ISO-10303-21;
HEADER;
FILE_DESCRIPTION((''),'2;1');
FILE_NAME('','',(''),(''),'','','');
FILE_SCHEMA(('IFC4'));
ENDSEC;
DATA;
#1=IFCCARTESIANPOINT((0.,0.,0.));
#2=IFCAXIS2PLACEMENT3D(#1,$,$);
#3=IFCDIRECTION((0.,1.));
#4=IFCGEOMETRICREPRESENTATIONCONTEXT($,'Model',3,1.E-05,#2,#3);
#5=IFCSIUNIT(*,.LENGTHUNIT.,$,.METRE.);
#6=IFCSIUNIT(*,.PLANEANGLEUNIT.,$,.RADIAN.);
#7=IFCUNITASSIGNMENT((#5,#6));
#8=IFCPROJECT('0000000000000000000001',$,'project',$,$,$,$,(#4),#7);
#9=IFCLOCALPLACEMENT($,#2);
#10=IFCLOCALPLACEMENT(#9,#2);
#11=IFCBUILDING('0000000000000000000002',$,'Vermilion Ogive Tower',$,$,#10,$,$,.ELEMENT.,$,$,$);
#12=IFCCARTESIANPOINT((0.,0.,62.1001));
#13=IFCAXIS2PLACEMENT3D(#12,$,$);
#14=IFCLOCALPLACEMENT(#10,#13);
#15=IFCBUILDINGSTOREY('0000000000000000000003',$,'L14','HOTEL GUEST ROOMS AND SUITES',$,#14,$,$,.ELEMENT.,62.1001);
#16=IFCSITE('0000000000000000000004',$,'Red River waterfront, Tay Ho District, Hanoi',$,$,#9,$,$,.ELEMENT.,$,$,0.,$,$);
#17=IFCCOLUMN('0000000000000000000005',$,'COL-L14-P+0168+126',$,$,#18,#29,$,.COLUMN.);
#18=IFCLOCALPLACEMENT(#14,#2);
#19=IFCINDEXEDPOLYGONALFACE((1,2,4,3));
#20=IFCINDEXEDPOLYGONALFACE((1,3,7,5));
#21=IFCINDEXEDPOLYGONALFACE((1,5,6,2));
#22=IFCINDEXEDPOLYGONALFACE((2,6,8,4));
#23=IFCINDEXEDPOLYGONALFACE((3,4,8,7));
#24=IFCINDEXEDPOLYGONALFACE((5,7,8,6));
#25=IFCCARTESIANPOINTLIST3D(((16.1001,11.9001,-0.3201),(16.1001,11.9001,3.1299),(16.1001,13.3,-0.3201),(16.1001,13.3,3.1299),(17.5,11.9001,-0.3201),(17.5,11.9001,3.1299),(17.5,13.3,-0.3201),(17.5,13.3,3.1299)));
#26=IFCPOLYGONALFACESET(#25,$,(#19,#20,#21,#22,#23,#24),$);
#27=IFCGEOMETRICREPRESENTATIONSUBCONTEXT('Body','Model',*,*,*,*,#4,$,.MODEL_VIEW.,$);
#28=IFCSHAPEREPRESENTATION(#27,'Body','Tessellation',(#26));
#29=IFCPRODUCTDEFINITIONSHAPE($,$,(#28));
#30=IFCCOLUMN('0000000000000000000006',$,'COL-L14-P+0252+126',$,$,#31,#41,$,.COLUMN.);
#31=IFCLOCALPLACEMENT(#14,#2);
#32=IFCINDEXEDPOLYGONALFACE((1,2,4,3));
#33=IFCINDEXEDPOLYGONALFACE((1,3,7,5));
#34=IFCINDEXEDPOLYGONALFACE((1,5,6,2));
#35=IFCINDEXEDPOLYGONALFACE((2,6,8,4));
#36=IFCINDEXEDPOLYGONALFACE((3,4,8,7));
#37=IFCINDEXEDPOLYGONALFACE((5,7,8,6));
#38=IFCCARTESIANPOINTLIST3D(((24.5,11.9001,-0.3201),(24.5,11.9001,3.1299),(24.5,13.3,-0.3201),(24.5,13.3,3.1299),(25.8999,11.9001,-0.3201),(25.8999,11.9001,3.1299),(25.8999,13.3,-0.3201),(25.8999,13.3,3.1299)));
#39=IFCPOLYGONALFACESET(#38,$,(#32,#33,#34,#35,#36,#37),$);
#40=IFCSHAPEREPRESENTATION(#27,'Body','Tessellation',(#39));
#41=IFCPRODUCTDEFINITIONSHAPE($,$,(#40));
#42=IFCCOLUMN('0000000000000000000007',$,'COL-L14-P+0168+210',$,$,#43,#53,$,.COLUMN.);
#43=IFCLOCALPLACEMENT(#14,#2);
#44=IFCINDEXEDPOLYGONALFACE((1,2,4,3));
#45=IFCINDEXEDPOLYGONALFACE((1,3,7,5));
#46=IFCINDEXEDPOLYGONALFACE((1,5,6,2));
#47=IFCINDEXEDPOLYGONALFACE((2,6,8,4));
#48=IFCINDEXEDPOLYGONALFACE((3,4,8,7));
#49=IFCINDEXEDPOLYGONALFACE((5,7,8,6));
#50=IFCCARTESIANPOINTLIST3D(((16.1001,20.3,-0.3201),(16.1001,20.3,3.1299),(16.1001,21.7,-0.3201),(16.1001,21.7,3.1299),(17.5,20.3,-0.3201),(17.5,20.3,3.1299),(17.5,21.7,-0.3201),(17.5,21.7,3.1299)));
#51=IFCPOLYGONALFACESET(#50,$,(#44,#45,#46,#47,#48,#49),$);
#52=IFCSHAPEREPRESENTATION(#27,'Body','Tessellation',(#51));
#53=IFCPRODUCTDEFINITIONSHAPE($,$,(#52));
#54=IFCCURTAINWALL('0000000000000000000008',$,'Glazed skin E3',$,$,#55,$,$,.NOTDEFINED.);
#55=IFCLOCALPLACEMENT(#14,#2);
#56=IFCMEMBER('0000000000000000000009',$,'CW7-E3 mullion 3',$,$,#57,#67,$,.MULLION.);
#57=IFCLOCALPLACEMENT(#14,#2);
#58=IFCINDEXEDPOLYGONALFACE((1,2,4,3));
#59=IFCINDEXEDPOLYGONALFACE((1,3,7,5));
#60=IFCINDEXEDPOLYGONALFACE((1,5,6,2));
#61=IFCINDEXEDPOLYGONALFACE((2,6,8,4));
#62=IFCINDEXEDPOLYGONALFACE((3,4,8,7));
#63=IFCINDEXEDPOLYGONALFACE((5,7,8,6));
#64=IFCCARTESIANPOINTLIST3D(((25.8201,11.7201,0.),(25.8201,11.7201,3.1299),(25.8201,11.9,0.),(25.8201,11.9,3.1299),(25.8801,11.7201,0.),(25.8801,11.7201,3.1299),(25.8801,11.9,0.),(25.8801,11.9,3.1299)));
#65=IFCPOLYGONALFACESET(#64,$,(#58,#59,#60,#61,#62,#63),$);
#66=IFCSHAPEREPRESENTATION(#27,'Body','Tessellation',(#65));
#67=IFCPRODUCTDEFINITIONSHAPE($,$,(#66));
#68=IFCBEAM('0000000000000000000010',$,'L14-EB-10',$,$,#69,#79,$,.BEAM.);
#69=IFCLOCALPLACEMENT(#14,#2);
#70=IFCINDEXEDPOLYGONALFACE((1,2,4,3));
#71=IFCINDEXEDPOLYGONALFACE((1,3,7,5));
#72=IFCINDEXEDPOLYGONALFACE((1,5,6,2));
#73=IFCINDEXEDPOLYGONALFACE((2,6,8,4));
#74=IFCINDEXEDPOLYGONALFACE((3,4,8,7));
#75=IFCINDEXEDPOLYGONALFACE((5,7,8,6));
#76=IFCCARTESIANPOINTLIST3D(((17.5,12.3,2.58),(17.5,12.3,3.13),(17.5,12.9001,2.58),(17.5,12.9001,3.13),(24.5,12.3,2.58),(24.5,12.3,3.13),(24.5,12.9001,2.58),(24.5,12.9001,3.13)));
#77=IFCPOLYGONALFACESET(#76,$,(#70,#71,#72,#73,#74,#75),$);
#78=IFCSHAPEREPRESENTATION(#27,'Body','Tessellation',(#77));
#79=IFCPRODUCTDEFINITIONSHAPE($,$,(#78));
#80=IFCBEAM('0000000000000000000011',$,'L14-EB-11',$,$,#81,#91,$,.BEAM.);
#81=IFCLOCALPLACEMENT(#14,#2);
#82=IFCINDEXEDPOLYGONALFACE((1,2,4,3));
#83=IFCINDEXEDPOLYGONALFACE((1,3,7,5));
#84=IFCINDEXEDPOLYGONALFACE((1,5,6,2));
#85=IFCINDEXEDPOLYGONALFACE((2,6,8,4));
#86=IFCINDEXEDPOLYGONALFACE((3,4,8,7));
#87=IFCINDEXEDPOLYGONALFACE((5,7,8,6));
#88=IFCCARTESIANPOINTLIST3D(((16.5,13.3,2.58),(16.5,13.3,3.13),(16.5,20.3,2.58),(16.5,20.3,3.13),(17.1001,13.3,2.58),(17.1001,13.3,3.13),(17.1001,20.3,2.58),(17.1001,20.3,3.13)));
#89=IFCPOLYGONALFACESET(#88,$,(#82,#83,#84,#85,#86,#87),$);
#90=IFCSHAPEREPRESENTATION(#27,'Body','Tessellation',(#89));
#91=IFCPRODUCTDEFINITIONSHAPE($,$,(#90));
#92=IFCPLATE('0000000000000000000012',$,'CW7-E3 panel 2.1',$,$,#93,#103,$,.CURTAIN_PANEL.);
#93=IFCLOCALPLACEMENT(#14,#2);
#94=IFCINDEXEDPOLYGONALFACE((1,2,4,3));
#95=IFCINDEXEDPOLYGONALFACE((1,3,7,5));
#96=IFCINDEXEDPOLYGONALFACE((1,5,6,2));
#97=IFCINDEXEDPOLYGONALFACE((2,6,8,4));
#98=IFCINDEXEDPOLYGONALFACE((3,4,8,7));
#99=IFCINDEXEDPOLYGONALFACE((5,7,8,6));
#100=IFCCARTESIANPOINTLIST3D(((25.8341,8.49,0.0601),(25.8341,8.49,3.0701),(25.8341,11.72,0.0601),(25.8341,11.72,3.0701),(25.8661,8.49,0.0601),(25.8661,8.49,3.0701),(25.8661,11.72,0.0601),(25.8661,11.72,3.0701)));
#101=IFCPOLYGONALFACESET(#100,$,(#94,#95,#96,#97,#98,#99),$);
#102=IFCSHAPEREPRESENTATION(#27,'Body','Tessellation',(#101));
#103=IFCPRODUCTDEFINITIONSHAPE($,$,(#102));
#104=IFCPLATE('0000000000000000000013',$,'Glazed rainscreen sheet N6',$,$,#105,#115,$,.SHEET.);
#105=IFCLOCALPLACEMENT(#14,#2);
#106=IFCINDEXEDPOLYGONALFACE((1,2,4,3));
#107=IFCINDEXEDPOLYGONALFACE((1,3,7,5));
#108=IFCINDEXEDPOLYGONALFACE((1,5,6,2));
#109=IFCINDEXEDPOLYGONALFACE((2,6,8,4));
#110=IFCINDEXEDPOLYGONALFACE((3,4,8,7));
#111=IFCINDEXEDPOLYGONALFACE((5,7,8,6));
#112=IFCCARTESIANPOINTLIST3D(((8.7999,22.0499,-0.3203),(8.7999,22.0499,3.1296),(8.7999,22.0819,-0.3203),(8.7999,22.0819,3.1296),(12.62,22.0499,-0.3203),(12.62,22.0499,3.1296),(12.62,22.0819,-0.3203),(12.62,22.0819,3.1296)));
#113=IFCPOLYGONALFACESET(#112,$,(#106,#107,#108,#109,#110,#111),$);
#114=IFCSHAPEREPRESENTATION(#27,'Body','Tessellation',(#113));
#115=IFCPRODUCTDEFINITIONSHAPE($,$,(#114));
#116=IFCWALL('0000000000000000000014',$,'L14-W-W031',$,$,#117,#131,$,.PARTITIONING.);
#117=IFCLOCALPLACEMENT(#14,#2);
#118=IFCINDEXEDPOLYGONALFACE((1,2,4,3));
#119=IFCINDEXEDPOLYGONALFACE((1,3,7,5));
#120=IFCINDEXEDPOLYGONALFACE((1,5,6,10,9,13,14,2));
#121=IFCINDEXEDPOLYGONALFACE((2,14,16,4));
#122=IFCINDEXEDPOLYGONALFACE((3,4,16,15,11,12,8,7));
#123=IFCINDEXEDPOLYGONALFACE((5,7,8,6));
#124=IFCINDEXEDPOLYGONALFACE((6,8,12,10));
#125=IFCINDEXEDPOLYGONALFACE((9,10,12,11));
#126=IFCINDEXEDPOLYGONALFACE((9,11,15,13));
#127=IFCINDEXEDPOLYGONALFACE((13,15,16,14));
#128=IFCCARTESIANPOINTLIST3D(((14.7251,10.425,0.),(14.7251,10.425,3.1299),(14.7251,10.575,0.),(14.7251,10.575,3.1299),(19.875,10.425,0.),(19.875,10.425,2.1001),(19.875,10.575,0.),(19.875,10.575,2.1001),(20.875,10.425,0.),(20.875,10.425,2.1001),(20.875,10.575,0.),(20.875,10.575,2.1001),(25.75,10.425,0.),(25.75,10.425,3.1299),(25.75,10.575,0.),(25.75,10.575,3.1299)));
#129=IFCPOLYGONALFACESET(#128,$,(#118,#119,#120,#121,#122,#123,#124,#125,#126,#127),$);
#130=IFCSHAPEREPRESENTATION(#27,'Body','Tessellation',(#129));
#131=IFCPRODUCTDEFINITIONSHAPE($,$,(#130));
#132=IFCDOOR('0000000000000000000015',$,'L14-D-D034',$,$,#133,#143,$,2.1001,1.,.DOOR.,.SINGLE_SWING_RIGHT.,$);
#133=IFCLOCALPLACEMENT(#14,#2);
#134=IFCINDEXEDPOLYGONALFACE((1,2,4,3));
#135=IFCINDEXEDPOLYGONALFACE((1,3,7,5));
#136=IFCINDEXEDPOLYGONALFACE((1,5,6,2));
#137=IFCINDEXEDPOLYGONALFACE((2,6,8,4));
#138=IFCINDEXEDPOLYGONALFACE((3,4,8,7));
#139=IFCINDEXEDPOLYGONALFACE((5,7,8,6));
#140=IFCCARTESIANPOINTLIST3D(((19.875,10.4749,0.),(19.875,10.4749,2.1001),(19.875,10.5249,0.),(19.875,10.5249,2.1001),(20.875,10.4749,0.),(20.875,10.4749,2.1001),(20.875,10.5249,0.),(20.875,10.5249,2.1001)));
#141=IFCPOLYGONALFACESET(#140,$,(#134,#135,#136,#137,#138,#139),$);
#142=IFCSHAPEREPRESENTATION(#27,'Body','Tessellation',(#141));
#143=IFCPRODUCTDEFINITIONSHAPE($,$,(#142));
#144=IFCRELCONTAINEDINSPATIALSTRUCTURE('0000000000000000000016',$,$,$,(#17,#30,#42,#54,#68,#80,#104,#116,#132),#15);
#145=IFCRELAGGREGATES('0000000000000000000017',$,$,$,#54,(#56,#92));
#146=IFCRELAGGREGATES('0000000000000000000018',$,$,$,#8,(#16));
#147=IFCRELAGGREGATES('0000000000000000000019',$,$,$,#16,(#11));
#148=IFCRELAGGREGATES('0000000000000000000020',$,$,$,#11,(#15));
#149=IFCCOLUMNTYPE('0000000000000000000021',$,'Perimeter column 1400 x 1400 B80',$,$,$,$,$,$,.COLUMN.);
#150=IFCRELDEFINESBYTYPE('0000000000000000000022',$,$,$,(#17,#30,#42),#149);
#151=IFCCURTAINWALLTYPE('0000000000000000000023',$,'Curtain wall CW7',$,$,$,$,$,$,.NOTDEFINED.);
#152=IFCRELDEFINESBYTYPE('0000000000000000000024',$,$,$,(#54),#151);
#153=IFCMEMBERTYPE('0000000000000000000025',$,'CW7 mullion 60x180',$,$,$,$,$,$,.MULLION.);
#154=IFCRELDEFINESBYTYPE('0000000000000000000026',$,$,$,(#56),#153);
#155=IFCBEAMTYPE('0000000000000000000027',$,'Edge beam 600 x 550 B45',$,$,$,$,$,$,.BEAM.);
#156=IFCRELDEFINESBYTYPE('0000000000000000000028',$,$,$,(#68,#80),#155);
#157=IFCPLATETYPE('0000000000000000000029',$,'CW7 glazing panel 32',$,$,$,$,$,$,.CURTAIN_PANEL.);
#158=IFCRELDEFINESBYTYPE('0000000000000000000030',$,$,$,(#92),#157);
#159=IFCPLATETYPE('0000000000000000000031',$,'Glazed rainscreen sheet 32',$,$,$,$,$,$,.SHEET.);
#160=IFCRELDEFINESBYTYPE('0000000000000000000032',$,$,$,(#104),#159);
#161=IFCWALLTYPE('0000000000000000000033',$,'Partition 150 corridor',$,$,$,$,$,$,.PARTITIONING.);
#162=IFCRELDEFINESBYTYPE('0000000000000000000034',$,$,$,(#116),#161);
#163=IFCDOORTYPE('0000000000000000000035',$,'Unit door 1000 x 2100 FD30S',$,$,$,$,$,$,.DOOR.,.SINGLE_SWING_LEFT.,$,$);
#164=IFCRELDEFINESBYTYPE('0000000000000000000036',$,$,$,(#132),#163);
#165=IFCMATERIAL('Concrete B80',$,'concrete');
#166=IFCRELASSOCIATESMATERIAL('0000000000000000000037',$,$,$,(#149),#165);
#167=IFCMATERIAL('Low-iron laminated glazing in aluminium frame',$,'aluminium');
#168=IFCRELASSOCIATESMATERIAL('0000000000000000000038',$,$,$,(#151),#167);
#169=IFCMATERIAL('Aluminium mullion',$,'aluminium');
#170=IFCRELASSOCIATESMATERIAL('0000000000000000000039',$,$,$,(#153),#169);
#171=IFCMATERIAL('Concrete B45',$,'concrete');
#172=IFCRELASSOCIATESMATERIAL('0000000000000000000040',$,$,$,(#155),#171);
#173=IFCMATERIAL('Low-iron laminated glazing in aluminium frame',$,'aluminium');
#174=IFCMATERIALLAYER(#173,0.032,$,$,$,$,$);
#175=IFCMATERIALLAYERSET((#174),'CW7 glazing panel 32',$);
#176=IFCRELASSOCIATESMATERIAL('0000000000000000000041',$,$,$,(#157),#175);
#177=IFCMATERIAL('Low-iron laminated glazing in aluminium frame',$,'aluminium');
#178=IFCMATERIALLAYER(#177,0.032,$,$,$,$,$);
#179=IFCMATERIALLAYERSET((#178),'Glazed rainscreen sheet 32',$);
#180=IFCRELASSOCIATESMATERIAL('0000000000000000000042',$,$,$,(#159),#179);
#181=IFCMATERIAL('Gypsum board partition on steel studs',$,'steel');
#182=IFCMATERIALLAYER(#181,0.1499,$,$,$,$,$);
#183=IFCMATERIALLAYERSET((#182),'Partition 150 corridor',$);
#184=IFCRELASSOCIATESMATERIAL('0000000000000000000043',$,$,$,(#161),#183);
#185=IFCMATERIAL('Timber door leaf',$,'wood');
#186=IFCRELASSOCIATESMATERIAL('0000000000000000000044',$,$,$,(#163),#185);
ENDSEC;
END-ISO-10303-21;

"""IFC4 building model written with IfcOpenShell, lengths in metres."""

from ifc_helpers import new_model, si_unit, direction, frame, frame_2d, origin, origin_2d, place, context, subcontext, project, spatial, rectangle, extrude, material, layer, layer_set, material_profile, profile_set, type_object, element, fill, aggregate, save


model = new_model("IFC4")

# Units and contexts
model_context = context("Model", 3, precision=1e-05, world=origin(), true_north=direction((0.0, 1.0)))
body_context = subcontext(model_context, "Body", "Model", "MODEL_VIEW")
ifc_project = project(units=[si_unit("LENGTHUNIT", "METRE"), si_unit("PLANEANGLEUNIT", "RADIAN")], contexts=[model_context])

# Site, building, storey
site_placement = place(None, origin())
site = spatial("IfcSite", under=ifc_project, at=site_placement, Name="Red River waterfront, Tay Ho District, Hanoi", CompositionType="ELEMENT", RefElevation=0.0)
building_placement = place(site_placement, origin())
building = spatial("IfcBuilding", under=site, at=building_placement, Name="Vermilion Ogive Tower", CompositionType="ELEMENT")
storey_placement = place(building_placement, frame((0.0, 0.0, 62.1001)))
storey = spatial("IfcBuildingStorey", under=building, at=storey_placement, Name="L14", Description="HOTEL GUEST ROOMS AND SUITES", CompositionType="ELEMENT", Elevation=62.1001)

# Columns
ifc_material_1 = material(Name="Concrete B80", Category="concrete")
ifc_material_profile_1 = material_profile(ifc_material_1, rectangle(XDim=1.3999, YDim=1.3999, at=origin_2d()), Name="1400 x 1400")
ifc_profile_set_1 = profile_set([ifc_material_profile_1], Name="Concrete B80")
column_type = type_object("IfcColumnType", Name="Perimeter column 1400 x 1400 B80", PredefinedType="COLUMN", material=ifc_profile_set_1)
for number, where, z_axis, x_axis, name in (
    (1, (16.8, 12.6001, -0.3201), (0.0, 0.0, 1.0), (1.0, 0.0, 0.0), "COL-L14-P+0168+126"),
    (2, (25.2, 12.6001, -0.3201), (0.0, 0.0, 1.0), (1.0, 0.0, 0.0), "COL-L14-P+0252+126"),
    (3, (16.8, 21.0, -0.3201), (0.0, 0.0, 1.0), (1.0, 0.0, 0.0), "COL-L14-P+0168+210"),
):
    element("IfcColumn", number, at=place(storey_placement, frame(where, z_axis=z_axis, x_axis=x_axis)), inside=storey, type_object=column_type, Name=name, PredefinedType="COLUMN", context=body_context, shape_type="SweptSolid", body=[
        extrude(rectangle(XDim=1.3999, YDim=1.3999, at=origin_2d()), origin(), (0.0, 0.0, 1.0), 3.45),
    ])

# Curtain wall, member
ifc_material_2 = material(Name="Low-iron laminated glazing in aluminium frame", Category="aluminium")
curtain_wall_type = type_object("IfcCurtainWallType", Name="Curtain wall CW7", PredefinedType="NOTDEFINED", material=ifc_material_2)
curtain_wall_placement = place(storey_placement, origin())
curtain_wall = element("IfcCurtainWall", 4, at=curtain_wall_placement, inside=storey, type_object=curtain_wall_type, Name="Glazed skin E3", PredefinedType="NOTDEFINED")
ifc_material_3 = material(Name="Aluminium mullion", Category="aluminium")
ifc_material_profile_2 = material_profile(ifc_material_3, rectangle(XDim=0.0601, YDim=0.1799, at=origin_2d()), Name="AL 60x180")
ifc_profile_set_2 = profile_set([ifc_material_profile_2], Name="Aluminium mullion")
member_type = type_object("IfcMemberType", Name="CW7 mullion 60x180", PredefinedType="MULLION", material=ifc_profile_set_2)
member_placement = place(storey_placement, frame((25.8501, 11.8101, 0.0), z_axis=(0.0, 0.0, 1.0), x_axis=(-1.0, 0.0, 0.0)))
member = element("IfcMember", 5, at=member_placement, type_object=member_type, Name="CW7-E3 mullion 3", PredefinedType="MULLION", context=body_context, shape_type="SweptSolid", body=[
    extrude(rectangle(XDim=0.0601, YDim=0.1799, at=origin_2d()), origin(), (0.0, 0.0, 1.0), 3.1299),
])

# Beams
ifc_material_4 = material(Name="Concrete B45", Category="concrete")
ifc_material_profile_3 = material_profile(ifc_material_4, rectangle(XDim=0.6001, YDim=0.55, at=origin_2d()), Name="600 x 550")
ifc_profile_set_3 = profile_set([ifc_material_profile_3], Name="Concrete B45")
beam_type = type_object("IfcBeamType", Name="Edge beam 600 x 550 B45", PredefinedType="BEAM", material=ifc_profile_set_3)
for number, where, z_axis, x_axis, name in (
    (6, (24.5, 12.6001, 2.855), (-1.0, 0.0, 0.0), (0.0, -1.0, 0.0), "L14-EB-10"),
    (7, (16.8, 13.3, 2.855), (0.0, 1.0, 0.0), (-1.0, 0.0, 0.0), "L14-EB-11"),
):
    element("IfcBeam", number, at=place(storey_placement, frame(where, z_axis=z_axis, x_axis=x_axis)), inside=storey, type_object=beam_type, Name=name, PredefinedType="BEAM", context=body_context, shape_type="SweptSolid", body=[
        extrude(rectangle(XDim=0.6001, YDim=0.55, at=origin_2d()), origin(), (0.0, 0.0, 1.0), 7.0),
    ])

# Plates
ifc_material_5 = material(Name="Low-iron laminated glazing in aluminium frame", Category="aluminium")
ifc_layer_1 = layer(ifc_material_5, 0.032)
ifc_layer_set_1 = layer_set([ifc_layer_1], Name="CW7 glazing panel 32")
plate_type_1 = type_object("IfcPlateType", Name="CW7 glazing panel 32", PredefinedType="CURTAIN_PANEL", material=ifc_layer_set_1)
plate_1_placement = place(storey_placement, frame((25.8501, 10.105, 0.0601), z_axis=(0.0, 0.0, 1.0), x_axis=(0.0, 1.0, 0.0)))
plate_1 = element("IfcPlate", 8, at=plate_1_placement, type_object=plate_type_1, Name="CW7-E3 panel 2.1", PredefinedType="CURTAIN_PANEL", context=body_context, shape_type="SweptSolid", body=[
    extrude(rectangle(XDim=3.23, YDim=0.032, at=origin_2d()), origin(), (0.0, 0.0, 1.0), 3.01),
])
aggregate(curtain_wall, [member, plate_1])
ifc_material_6 = material(Name="Low-iron laminated glazing in aluminium frame", Category="aluminium")
ifc_layer_2 = layer(ifc_material_6, 0.032)
ifc_layer_set_2 = layer_set([ifc_layer_2], Name="Glazed rainscreen sheet 32")
plate_type_2 = type_object("IfcPlateType", Name="Glazed rainscreen sheet 32", PredefinedType="SHEET", material=ifc_layer_set_2)
plate_2_placement = place(storey_placement, frame((10.71, 22.0659, -0.3203), z_axis=(0.0, 0.0, 1.0), x_axis=(1.0, 0.0, 0.0)))
element("IfcPlate", 9, at=plate_2_placement, inside=storey, type_object=plate_type_2, Name="Glazed rainscreen sheet N6", PredefinedType="SHEET", context=body_context, shape_type="SweptSolid", body=[
    extrude(rectangle(XDim=3.8201, YDim=0.032, at=origin_2d()), origin(), (0.0, 0.0, 1.0), 3.45),
])

# Wall, opening, door
ifc_material_7 = material(Name="Gypsum board partition on steel studs", Category="steel")
ifc_layer_3 = layer(ifc_material_7, 0.1499)
ifc_layer_set_3 = layer_set([ifc_layer_3], Name="Partition 150 corridor")
wall_type_1 = type_object("IfcWallType", Name="Partition 150 corridor", PredefinedType="PARTITIONING", material=ifc_layer_set_3)
wall_1_placement = place(storey_placement, frame((14.7251, 10.5, 0.0), z_axis=(0.0, 0.0, 1.0), x_axis=(1.0, 0.0, 0.0)))
wall_1 = element("IfcWall", 10, at=wall_1_placement, inside=storey, type_object=wall_type_1, Name="L14-W-W031", PredefinedType="PARTITIONING", context=body_context, shape_type="SweptSolid", body=[
    extrude(rectangle(XDim=11.0249, YDim=0.1499, at=frame_2d((5.5125, 0.0))), origin(), (0.0, 0.0, 1.0), 3.1299),
])
opening_1_placement = place(wall_1_placement, frame((5.1499, 0.0, 0.0)))
opening_1 = element("IfcOpeningElement", 11, at=opening_1_placement, cuts=wall_1, PredefinedType="OPENING", context=body_context, shape_type="SweptSolid", body=[
    extrude(rectangle(XDim=1.0, YDim=2.1001, at=frame_2d((0.5, 1.05))), frame((0.0, 0.085, 0.0), z_axis=(0.0, -1.0, 0.0), x_axis=(1.0, 0.0, 0.0)), (0.0, 0.0, 1.0), 0.1699),
])
ifc_material_8 = material(Name="Timber door leaf", Category="wood")
door_type_1 = type_object("IfcDoorType", Name="Unit door 1000 x 2100 FD30S", OperationType="SINGLE_SWING_LEFT", PredefinedType="DOOR", material=ifc_material_8)
door_1_placement = place(opening_1_placement, origin())
door_1 = element("IfcDoor", 12, at=door_1_placement, inside=storey, type_object=door_type_1, Name="L14-D-D034", OperationType="SINGLE_SWING_RIGHT", OverallHeight=2.1001, OverallWidth=1.0, PredefinedType="DOOR", context=body_context, shape_type="SweptSolid", body=[
    extrude(rectangle(XDim=1.0, YDim=2.1001, at=frame_2d((0.5, 1.05))), frame((0.0, 0.0249, 0.0), z_axis=(0.0, -1.0, 0.0), x_axis=(1.0, 0.0, 0.0)), (0.0, 0.0, 1.0), 0.05),
])
fill(opening_1, door_1)

save(model, "model.ifc")
